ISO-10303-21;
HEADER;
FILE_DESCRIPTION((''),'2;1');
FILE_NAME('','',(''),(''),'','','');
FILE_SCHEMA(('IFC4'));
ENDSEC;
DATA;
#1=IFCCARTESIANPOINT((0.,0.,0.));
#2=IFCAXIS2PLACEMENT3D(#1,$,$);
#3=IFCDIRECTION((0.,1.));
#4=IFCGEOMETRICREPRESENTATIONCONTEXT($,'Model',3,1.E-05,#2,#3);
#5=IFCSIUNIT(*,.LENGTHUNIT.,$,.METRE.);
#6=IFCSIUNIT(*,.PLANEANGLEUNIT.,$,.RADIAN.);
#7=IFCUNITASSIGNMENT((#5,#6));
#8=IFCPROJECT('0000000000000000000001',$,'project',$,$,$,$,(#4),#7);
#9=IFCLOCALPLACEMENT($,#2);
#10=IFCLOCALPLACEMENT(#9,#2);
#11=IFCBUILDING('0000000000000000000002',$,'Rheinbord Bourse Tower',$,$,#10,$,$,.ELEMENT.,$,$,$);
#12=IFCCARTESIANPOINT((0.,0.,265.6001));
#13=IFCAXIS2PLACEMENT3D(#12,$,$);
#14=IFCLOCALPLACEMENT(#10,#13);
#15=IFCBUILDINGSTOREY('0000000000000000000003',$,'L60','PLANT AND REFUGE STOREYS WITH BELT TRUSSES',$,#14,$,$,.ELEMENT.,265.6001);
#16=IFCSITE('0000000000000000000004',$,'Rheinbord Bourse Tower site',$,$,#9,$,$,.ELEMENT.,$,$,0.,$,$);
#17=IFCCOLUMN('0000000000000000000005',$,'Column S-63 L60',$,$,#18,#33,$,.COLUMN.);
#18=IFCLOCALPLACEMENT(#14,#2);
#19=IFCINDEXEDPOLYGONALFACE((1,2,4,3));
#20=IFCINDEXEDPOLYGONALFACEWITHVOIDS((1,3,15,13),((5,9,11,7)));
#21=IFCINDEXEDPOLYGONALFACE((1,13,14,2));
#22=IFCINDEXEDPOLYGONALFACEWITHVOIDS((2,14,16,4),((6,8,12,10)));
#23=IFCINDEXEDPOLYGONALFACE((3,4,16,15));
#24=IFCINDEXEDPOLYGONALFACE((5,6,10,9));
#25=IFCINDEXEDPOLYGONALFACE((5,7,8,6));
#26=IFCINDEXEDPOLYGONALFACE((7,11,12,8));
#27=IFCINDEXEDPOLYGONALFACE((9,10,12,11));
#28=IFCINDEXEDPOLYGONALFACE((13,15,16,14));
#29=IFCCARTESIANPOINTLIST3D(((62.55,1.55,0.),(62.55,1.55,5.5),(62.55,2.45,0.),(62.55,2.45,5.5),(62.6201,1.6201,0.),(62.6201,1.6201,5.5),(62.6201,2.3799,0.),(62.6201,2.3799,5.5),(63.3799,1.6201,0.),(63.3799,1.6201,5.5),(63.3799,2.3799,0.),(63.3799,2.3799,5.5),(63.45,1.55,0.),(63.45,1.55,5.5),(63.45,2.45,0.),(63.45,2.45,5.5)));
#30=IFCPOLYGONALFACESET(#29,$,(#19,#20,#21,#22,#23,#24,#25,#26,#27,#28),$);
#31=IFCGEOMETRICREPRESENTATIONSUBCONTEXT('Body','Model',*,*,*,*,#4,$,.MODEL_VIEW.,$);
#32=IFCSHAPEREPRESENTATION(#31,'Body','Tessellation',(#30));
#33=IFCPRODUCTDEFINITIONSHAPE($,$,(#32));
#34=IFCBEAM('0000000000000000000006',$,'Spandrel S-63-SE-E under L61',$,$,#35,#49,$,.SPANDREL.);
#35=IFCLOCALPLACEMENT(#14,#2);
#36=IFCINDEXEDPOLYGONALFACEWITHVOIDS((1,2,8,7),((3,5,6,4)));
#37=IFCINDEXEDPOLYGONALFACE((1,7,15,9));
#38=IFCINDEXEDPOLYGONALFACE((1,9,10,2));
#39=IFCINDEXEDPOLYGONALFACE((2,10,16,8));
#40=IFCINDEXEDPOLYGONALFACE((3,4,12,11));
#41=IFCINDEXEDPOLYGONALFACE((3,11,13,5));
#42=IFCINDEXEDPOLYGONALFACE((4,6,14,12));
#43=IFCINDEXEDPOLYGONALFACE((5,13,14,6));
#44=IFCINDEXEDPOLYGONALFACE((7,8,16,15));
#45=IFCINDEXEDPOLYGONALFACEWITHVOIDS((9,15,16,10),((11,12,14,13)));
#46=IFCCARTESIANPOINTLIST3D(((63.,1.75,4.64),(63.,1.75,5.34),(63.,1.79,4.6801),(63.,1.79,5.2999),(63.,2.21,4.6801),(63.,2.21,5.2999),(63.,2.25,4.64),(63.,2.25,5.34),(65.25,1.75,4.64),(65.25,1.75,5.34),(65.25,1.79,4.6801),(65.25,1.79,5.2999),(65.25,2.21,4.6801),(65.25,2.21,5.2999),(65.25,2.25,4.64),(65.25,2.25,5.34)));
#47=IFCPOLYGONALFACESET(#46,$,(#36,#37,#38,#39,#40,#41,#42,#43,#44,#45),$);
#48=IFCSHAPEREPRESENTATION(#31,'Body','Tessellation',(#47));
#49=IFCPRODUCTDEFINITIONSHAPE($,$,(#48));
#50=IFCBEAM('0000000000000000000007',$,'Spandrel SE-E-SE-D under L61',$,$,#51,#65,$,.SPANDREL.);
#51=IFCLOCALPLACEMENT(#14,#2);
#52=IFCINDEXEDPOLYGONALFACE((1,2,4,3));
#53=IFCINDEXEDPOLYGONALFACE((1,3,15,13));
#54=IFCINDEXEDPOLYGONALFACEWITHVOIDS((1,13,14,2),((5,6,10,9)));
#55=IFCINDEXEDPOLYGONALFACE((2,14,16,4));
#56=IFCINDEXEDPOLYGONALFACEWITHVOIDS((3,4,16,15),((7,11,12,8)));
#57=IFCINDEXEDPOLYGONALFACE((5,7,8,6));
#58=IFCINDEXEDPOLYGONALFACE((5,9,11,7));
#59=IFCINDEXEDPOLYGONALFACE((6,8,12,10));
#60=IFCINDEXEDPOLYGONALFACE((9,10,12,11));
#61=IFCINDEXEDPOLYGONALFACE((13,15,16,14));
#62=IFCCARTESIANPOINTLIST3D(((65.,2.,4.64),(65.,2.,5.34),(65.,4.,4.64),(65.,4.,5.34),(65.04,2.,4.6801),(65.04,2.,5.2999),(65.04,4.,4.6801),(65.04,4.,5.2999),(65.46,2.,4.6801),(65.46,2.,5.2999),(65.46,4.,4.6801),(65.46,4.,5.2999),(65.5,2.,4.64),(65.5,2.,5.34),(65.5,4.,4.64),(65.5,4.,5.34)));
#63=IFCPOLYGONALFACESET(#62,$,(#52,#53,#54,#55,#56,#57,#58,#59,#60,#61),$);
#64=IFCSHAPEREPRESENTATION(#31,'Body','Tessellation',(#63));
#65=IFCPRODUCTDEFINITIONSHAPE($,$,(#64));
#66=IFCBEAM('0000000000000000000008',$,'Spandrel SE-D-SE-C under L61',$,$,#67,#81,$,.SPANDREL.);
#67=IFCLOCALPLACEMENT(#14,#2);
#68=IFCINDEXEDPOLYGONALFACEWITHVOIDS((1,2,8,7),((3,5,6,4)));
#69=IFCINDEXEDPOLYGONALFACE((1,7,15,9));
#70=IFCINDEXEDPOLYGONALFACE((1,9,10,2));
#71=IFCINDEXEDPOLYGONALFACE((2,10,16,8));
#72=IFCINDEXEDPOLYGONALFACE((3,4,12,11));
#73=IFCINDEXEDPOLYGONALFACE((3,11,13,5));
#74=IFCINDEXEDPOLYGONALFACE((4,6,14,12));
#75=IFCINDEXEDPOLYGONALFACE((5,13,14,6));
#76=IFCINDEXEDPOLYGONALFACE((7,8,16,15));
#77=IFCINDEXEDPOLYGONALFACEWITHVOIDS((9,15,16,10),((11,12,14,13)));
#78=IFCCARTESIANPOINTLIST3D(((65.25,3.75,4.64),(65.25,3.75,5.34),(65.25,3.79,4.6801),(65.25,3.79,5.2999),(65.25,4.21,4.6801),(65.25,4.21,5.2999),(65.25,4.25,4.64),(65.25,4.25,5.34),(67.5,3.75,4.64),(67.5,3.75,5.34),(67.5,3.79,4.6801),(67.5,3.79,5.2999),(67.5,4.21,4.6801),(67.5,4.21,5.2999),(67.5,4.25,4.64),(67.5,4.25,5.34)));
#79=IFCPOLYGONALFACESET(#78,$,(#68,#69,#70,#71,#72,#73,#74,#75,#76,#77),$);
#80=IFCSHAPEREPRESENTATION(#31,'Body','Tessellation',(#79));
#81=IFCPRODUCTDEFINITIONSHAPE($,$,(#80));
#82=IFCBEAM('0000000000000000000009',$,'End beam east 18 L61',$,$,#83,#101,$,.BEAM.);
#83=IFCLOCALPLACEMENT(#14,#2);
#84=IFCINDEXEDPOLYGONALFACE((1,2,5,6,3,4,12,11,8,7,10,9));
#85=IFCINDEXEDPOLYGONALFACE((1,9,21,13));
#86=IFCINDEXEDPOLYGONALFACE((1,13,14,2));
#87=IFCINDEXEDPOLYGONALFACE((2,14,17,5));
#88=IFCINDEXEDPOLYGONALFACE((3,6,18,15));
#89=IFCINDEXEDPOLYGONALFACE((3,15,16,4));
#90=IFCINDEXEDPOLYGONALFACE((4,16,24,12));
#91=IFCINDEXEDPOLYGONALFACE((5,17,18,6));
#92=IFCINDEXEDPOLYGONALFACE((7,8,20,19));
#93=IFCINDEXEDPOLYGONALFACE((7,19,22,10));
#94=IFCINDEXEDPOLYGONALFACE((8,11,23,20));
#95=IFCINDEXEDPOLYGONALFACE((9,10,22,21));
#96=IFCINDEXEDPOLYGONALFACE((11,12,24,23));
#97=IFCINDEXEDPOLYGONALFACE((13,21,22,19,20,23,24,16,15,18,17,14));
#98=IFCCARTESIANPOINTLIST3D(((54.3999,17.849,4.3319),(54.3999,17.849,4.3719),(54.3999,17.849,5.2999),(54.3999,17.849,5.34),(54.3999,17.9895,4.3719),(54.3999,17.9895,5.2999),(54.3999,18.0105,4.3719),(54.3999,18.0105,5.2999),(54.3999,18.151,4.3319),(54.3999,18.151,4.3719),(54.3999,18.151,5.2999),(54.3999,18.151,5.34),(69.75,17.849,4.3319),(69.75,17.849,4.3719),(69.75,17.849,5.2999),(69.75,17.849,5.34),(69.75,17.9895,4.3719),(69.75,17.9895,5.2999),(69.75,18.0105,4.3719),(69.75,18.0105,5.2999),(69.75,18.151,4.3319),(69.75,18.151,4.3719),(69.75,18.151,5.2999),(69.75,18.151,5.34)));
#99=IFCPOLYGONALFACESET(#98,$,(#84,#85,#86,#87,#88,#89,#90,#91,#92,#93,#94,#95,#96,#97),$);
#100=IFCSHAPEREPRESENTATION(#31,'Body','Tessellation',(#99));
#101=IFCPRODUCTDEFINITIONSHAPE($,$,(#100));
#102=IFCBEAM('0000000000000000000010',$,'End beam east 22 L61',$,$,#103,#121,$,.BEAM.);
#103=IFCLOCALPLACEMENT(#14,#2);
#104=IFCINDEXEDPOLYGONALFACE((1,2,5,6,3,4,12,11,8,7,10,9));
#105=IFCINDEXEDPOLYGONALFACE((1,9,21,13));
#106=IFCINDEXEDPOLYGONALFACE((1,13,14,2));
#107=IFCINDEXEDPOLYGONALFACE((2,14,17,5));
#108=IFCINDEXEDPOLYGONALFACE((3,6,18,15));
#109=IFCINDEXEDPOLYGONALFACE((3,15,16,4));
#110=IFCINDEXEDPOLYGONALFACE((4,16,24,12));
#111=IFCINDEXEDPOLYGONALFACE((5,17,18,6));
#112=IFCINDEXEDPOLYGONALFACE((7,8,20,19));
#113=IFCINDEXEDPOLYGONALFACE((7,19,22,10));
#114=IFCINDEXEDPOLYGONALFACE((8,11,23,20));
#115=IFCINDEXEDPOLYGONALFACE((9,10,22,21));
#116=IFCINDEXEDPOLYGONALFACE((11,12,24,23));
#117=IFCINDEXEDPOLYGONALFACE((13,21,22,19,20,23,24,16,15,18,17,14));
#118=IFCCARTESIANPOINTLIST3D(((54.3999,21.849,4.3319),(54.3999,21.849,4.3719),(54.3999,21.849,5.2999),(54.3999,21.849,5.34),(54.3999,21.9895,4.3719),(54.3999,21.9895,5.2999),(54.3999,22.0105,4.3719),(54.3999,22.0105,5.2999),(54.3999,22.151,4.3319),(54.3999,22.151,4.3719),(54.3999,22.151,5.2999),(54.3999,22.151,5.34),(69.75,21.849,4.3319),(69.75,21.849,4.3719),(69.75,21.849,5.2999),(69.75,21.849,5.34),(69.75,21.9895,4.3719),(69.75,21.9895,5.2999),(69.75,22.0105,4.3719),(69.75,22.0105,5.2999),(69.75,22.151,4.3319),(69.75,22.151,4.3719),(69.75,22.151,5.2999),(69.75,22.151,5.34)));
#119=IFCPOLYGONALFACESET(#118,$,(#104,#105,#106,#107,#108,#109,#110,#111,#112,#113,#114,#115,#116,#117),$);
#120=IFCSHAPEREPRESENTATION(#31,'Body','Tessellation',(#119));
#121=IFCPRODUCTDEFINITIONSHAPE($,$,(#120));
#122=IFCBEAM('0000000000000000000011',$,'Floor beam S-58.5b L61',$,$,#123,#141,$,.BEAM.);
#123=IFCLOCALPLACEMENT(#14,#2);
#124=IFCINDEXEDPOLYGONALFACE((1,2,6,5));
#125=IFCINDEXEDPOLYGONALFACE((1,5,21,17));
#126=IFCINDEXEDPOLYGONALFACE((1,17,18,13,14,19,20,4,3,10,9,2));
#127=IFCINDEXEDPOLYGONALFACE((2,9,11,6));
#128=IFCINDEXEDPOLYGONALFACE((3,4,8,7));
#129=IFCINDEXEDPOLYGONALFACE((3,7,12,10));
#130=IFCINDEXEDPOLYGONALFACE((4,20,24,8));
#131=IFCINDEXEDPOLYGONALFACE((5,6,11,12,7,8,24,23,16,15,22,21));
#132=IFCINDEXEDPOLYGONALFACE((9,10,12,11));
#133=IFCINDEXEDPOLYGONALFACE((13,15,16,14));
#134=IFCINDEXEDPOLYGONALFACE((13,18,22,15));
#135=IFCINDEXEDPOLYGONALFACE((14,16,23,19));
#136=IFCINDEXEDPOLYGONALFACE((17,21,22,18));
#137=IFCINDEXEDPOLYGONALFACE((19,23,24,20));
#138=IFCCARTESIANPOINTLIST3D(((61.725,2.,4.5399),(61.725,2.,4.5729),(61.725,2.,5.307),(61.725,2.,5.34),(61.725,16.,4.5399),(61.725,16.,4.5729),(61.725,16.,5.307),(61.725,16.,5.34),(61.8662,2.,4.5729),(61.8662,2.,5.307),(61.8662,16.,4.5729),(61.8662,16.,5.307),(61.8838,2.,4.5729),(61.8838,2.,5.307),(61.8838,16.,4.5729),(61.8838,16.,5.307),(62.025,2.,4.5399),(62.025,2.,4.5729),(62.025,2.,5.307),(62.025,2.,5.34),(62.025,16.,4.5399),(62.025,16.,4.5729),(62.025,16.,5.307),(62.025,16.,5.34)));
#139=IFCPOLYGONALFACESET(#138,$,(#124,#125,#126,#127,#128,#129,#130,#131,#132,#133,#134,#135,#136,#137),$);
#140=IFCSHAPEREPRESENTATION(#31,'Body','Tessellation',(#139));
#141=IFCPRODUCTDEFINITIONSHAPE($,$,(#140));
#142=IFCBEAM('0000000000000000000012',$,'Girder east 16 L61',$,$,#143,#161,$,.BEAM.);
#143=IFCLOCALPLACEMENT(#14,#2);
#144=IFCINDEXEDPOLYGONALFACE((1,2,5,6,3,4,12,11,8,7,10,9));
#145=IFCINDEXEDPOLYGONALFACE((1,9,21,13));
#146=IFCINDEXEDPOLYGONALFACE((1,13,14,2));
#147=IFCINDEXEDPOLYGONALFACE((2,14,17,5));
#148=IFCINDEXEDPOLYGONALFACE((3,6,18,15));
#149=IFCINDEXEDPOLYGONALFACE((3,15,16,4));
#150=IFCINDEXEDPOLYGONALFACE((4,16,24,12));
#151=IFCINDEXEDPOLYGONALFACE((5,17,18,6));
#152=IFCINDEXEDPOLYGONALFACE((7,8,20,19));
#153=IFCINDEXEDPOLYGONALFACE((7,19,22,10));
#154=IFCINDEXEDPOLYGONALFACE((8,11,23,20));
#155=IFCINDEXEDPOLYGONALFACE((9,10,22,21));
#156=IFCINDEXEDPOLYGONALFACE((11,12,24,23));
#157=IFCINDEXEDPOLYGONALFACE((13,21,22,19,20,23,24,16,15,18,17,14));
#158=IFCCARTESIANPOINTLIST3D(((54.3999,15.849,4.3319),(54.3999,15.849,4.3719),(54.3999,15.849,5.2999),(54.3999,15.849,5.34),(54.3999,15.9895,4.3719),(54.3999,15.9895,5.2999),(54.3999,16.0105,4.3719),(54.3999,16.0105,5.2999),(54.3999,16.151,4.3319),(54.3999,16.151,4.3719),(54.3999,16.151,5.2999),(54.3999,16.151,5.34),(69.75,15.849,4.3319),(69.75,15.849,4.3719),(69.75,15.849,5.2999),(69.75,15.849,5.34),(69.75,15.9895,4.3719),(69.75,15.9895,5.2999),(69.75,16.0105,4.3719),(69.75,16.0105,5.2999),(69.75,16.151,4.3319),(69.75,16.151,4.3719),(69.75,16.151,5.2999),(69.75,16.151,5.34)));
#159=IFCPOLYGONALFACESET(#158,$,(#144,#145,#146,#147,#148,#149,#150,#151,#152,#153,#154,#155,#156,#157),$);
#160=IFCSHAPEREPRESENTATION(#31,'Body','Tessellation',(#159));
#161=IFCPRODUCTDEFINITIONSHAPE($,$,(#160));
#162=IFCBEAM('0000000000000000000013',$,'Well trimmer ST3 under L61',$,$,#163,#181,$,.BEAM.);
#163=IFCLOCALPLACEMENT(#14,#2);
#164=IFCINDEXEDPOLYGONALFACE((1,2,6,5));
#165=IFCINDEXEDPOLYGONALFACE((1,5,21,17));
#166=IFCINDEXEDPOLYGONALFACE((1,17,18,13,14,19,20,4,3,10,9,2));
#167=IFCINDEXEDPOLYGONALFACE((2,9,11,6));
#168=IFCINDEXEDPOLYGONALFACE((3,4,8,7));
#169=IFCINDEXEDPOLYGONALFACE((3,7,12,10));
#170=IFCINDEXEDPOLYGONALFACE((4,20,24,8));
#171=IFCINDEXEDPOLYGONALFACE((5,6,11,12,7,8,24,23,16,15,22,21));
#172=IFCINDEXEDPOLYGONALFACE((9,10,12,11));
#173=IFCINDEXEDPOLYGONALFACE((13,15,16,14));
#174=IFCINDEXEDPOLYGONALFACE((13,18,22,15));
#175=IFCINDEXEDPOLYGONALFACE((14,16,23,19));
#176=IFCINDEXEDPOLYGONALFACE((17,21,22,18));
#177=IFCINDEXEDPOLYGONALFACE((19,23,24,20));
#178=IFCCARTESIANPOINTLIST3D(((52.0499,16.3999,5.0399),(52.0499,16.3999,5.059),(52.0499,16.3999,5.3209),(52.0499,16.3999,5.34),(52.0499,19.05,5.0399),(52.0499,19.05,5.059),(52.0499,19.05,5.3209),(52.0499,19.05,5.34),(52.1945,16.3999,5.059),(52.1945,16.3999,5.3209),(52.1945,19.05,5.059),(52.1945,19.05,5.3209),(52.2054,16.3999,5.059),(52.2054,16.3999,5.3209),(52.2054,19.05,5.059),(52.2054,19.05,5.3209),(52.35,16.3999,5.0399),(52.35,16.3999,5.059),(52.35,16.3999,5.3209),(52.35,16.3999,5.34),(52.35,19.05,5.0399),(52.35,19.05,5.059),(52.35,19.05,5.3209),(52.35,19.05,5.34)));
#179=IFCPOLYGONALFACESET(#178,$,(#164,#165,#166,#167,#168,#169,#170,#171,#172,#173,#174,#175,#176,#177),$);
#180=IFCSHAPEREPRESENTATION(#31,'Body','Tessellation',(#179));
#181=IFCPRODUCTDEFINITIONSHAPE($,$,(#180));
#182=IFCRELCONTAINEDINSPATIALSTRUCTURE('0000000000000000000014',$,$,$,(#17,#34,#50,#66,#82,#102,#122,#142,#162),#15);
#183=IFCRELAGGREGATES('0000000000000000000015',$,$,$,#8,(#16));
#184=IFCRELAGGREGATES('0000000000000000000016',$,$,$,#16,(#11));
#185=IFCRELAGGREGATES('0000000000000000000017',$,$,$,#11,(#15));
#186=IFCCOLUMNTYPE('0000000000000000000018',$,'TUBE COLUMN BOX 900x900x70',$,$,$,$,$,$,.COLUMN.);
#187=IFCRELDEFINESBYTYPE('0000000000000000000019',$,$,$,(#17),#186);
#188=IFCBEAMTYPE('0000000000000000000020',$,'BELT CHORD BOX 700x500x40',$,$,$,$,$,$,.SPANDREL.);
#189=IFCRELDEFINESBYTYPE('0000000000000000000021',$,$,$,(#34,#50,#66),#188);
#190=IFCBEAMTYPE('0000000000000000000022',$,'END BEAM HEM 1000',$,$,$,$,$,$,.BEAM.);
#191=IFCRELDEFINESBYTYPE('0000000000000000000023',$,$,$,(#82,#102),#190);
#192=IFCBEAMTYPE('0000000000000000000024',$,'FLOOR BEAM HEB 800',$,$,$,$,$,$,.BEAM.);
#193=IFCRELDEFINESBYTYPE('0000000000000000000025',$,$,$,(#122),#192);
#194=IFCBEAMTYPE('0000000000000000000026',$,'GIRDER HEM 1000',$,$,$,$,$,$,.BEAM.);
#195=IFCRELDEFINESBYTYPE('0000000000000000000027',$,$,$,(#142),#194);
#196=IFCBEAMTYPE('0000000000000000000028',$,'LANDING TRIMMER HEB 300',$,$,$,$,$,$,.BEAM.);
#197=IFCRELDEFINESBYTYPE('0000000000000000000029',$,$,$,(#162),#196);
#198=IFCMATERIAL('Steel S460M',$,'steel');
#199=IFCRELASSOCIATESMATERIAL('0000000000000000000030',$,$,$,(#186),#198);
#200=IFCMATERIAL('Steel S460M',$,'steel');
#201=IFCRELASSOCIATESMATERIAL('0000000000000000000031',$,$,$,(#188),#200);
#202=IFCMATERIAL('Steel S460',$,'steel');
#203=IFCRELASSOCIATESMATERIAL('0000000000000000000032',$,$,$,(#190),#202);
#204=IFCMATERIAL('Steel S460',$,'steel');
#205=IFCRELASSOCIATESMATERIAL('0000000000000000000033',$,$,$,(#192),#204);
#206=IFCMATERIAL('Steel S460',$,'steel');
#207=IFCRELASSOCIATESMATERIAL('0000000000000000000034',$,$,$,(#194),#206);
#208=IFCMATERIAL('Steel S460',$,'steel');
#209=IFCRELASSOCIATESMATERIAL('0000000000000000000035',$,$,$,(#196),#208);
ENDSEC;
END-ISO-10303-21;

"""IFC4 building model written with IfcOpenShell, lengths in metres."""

from ifc_helpers import new_model, si_unit, direction, frame, origin, origin_2d, place, context, subcontext, project, spatial, hollow_rectangle, i_section, extrude, material, material_profile, profile_set, type_object, element, save


model = new_model("IFC4")

# Units and contexts
model_context = context("Model", 3, precision=1e-05, world=origin(), true_north=direction((0.0, 1.0)))
body_context = subcontext(model_context, "Body", "Model", "MODEL_VIEW")
ifc_project = project(units=[si_unit("LENGTHUNIT", "METRE"), si_unit("PLANEANGLEUNIT", "RADIAN")], contexts=[model_context])

# Site, building, storey
site_placement = place(None, origin())
site = spatial("IfcSite", under=ifc_project, at=site_placement, Name="Rheinbord Bourse Tower site", CompositionType="ELEMENT", RefElevation=0.0)
building_placement = place(site_placement, origin())
building = spatial("IfcBuilding", under=site, at=building_placement, Name="Rheinbord Bourse Tower", CompositionType="ELEMENT")
storey_placement = place(building_placement, frame((0.0, 0.0, 265.6001)))
storey = spatial("IfcBuildingStorey", under=building, at=storey_placement, Name="L60", Description="PLANT AND REFUGE STOREYS WITH BELT TRUSSES", CompositionType="ELEMENT", Elevation=265.6001)

# Column
ifc_material_1 = material(Name="Steel S460M", Category="steel")
ifc_material_profile_1 = material_profile(ifc_material_1, hollow_rectangle(XDim=0.8999, YDim=0.8999, WallThickness=0.0701, at=origin_2d()), Name="BOX 900x900x70")
ifc_profile_set_1 = profile_set([ifc_material_profile_1], Name="Steel S460M")
column_type = type_object("IfcColumnType", Name="TUBE COLUMN BOX 900x900x70", PredefinedType="COLUMN", material=ifc_profile_set_1)
column_placement = place(storey_placement, frame((63.0, 2.0, 0.0), z_axis=(0.0, 0.0, 1.0), x_axis=(0.0, 1.0, 0.0)))
element("IfcColumn", 1, at=column_placement, inside=storey, type_object=column_type, Name="Column S-63 L60", PredefinedType="COLUMN", context=body_context, shape_type="SweptSolid", body=[
    extrude(hollow_rectangle(XDim=0.8999, YDim=0.8999, WallThickness=0.0701, at=origin_2d()), origin(), (0.0, 0.0, 1.0), 5.5),
])

# Beams
ifc_material_2 = material(Name="Steel S460M", Category="steel")
ifc_material_profile_2 = material_profile(ifc_material_2, hollow_rectangle(XDim=0.5, YDim=0.7, WallThickness=0.04, at=origin_2d()), Name="BOX 700x500x40")
ifc_profile_set_2 = profile_set([ifc_material_profile_2], Name="Steel S460M")
beam_type_1 = type_object("IfcBeamType", Name="BELT CHORD BOX 700x500x40", PredefinedType="SPANDREL", material=ifc_profile_set_2)
beam_1_placement = place(storey_placement, frame((63.0, 2.0, 4.99), z_axis=(1.0, 0.0, 0.0), x_axis=(0.0, 1.0, 0.0)))
element("IfcBeam", 2, at=beam_1_placement, inside=storey, type_object=beam_type_1, Name="Spandrel S-63-SE-E under L61", PredefinedType="SPANDREL", context=body_context, shape_type="SweptSolid", body=[
    extrude(hollow_rectangle(XDim=0.5, YDim=0.7, WallThickness=0.04, at=origin_2d()), origin(), (0.0, 0.0, 1.0), 2.25),
])
beam_2_placement = place(storey_placement, frame((65.25, 2.0, 4.99), z_axis=(0.0, 1.0, 0.0), x_axis=(-1.0, 0.0, 0.0)))
element("IfcBeam", 3, at=beam_2_placement, inside=storey, type_object=beam_type_1, Name="Spandrel SE-E-SE-D under L61", PredefinedType="SPANDREL", context=body_context, shape_type="SweptSolid", body=[
    extrude(hollow_rectangle(XDim=0.5, YDim=0.7, WallThickness=0.04, at=origin_2d()), origin(), (0.0, 0.0, 1.0), 2.0),
])
beam_3_placement = place(storey_placement, frame((65.25, 4.0, 4.99), z_axis=(1.0, 0.0, 0.0), x_axis=(0.0, 1.0, 0.0)))
element("IfcBeam", 4, at=beam_3_placement, inside=storey, type_object=beam_type_1, Name="Spandrel SE-D-SE-C under L61", PredefinedType="SPANDREL", context=body_context, shape_type="SweptSolid", body=[
    extrude(hollow_rectangle(XDim=0.5, YDim=0.7, WallThickness=0.04, at=origin_2d()), origin(), (0.0, 0.0, 1.0), 2.25),
])
ifc_material_3 = material(Name="Steel S460", Category="steel")
ifc_material_profile_3 = material_profile(ifc_material_3, i_section(OverallWidth=0.302, OverallDepth=1.0081, WebThickness=0.021, FlangeThickness=0.04, at=origin_2d()), Name="HEM 1000")
ifc_profile_set_3 = profile_set([ifc_material_profile_3], Name="Steel S460")
beam_type_2 = type_object("IfcBeamType", Name="END BEAM HEM 1000", PredefinedType="BEAM", material=ifc_profile_set_3)
for number, where, z_axis, x_axis, name in (
    (5, (54.3999, 18.0, 4.8359), (1.0, 0.0, 0.0), (0.0, 1.0, 0.0), "End beam east 18 L61"),
    (6, (54.3999, 22.0, 4.8359), (1.0, 0.0, 0.0), (0.0, 1.0, 0.0), "End beam east 22 L61"),
):
    element("IfcBeam", number, at=place(storey_placement, frame(where, z_axis=z_axis, x_axis=x_axis)), inside=storey, type_object=beam_type_2, Name=name, PredefinedType="BEAM", context=body_context, shape_type="SweptSolid", body=[
        extrude(i_section(OverallWidth=0.302, OverallDepth=1.0081, WebThickness=0.021, FlangeThickness=0.04, at=origin_2d()), origin(), (0.0, 0.0, 1.0), 15.3501),
    ])
ifc_material_4 = material(Name="Steel S460", Category="steel")
ifc_material_profile_4 = material_profile(ifc_material_4, i_section(OverallWidth=0.3, OverallDepth=0.8, WebThickness=0.0176, FlangeThickness=0.033, at=origin_2d()), Name="HEB 800")
ifc_profile_set_4 = profile_set([ifc_material_profile_4], Name="Steel S460")
beam_type_3 = type_object("IfcBeamType", Name="FLOOR BEAM HEB 800", PredefinedType="BEAM", material=ifc_profile_set_4)
beam_4_placement = place(storey_placement, frame((61.875, 2.0, 4.9399), z_axis=(0.0, 1.0, 0.0), x_axis=(-1.0, 0.0, 0.0)))
element("IfcBeam", 7, at=beam_4_placement, inside=storey, type_object=beam_type_3, Name="Floor beam S-58.5b L61", PredefinedType="BEAM", context=body_context, shape_type="SweptSolid", body=[
    extrude(i_section(OverallWidth=0.3, OverallDepth=0.8, WebThickness=0.0176, FlangeThickness=0.033, at=origin_2d()), origin(), (0.0, 0.0, 1.0), 14.0),
])
ifc_material_5 = material(Name="Steel S460", Category="steel")
ifc_material_profile_5 = material_profile(ifc_material_5, i_section(OverallWidth=0.302, OverallDepth=1.0081, WebThickness=0.021, FlangeThickness=0.04, at=origin_2d()), Name="HEM 1000")
ifc_profile_set_5 = profile_set([ifc_material_profile_5], Name="Steel S460")
beam_type_4 = type_object("IfcBeamType", Name="GIRDER HEM 1000", PredefinedType="BEAM", material=ifc_profile_set_5)
beam_5_placement = place(storey_placement, frame((54.3999, 16.0, 4.8359), z_axis=(1.0, 0.0, 0.0), x_axis=(0.0, 1.0, 0.0)))
element("IfcBeam", 8, at=beam_5_placement, inside=storey, type_object=beam_type_4, Name="Girder east 16 L61", PredefinedType="BEAM", context=body_context, shape_type="SweptSolid", body=[
    extrude(i_section(OverallWidth=0.302, OverallDepth=1.0081, WebThickness=0.021, FlangeThickness=0.04, at=origin_2d()), origin(), (0.0, 0.0, 1.0), 15.3501),
])
ifc_material_6 = material(Name="Steel S460", Category="steel")
ifc_material_profile_6 = material_profile(ifc_material_6, i_section(OverallWidth=0.3, OverallDepth=0.3, WebThickness=0.011, FlangeThickness=0.019, at=origin_2d()), Name="HEB 300")
ifc_profile_set_6 = profile_set([ifc_material_profile_6], Name="Steel S460")
beam_type_5 = type_object("IfcBeamType", Name="LANDING TRIMMER HEB 300", PredefinedType="BEAM", material=ifc_profile_set_6)
beam_6_placement = place(storey_placement, frame((52.2, 16.3999, 5.1899), z_axis=(0.0, 1.0, 0.0), x_axis=(-1.0, 0.0, 0.0)))
element("IfcBeam", 9, at=beam_6_placement, inside=storey, type_object=beam_type_5, Name="Well trimmer ST3 under L61", PredefinedType="BEAM", context=body_context, shape_type="SweptSolid", body=[
    extrude(i_section(OverallWidth=0.3, OverallDepth=0.3, WebThickness=0.011, FlangeThickness=0.019, at=origin_2d()), origin(), (0.0, 0.0, 1.0), 2.6501),
])

save(model, "model.ifc")
